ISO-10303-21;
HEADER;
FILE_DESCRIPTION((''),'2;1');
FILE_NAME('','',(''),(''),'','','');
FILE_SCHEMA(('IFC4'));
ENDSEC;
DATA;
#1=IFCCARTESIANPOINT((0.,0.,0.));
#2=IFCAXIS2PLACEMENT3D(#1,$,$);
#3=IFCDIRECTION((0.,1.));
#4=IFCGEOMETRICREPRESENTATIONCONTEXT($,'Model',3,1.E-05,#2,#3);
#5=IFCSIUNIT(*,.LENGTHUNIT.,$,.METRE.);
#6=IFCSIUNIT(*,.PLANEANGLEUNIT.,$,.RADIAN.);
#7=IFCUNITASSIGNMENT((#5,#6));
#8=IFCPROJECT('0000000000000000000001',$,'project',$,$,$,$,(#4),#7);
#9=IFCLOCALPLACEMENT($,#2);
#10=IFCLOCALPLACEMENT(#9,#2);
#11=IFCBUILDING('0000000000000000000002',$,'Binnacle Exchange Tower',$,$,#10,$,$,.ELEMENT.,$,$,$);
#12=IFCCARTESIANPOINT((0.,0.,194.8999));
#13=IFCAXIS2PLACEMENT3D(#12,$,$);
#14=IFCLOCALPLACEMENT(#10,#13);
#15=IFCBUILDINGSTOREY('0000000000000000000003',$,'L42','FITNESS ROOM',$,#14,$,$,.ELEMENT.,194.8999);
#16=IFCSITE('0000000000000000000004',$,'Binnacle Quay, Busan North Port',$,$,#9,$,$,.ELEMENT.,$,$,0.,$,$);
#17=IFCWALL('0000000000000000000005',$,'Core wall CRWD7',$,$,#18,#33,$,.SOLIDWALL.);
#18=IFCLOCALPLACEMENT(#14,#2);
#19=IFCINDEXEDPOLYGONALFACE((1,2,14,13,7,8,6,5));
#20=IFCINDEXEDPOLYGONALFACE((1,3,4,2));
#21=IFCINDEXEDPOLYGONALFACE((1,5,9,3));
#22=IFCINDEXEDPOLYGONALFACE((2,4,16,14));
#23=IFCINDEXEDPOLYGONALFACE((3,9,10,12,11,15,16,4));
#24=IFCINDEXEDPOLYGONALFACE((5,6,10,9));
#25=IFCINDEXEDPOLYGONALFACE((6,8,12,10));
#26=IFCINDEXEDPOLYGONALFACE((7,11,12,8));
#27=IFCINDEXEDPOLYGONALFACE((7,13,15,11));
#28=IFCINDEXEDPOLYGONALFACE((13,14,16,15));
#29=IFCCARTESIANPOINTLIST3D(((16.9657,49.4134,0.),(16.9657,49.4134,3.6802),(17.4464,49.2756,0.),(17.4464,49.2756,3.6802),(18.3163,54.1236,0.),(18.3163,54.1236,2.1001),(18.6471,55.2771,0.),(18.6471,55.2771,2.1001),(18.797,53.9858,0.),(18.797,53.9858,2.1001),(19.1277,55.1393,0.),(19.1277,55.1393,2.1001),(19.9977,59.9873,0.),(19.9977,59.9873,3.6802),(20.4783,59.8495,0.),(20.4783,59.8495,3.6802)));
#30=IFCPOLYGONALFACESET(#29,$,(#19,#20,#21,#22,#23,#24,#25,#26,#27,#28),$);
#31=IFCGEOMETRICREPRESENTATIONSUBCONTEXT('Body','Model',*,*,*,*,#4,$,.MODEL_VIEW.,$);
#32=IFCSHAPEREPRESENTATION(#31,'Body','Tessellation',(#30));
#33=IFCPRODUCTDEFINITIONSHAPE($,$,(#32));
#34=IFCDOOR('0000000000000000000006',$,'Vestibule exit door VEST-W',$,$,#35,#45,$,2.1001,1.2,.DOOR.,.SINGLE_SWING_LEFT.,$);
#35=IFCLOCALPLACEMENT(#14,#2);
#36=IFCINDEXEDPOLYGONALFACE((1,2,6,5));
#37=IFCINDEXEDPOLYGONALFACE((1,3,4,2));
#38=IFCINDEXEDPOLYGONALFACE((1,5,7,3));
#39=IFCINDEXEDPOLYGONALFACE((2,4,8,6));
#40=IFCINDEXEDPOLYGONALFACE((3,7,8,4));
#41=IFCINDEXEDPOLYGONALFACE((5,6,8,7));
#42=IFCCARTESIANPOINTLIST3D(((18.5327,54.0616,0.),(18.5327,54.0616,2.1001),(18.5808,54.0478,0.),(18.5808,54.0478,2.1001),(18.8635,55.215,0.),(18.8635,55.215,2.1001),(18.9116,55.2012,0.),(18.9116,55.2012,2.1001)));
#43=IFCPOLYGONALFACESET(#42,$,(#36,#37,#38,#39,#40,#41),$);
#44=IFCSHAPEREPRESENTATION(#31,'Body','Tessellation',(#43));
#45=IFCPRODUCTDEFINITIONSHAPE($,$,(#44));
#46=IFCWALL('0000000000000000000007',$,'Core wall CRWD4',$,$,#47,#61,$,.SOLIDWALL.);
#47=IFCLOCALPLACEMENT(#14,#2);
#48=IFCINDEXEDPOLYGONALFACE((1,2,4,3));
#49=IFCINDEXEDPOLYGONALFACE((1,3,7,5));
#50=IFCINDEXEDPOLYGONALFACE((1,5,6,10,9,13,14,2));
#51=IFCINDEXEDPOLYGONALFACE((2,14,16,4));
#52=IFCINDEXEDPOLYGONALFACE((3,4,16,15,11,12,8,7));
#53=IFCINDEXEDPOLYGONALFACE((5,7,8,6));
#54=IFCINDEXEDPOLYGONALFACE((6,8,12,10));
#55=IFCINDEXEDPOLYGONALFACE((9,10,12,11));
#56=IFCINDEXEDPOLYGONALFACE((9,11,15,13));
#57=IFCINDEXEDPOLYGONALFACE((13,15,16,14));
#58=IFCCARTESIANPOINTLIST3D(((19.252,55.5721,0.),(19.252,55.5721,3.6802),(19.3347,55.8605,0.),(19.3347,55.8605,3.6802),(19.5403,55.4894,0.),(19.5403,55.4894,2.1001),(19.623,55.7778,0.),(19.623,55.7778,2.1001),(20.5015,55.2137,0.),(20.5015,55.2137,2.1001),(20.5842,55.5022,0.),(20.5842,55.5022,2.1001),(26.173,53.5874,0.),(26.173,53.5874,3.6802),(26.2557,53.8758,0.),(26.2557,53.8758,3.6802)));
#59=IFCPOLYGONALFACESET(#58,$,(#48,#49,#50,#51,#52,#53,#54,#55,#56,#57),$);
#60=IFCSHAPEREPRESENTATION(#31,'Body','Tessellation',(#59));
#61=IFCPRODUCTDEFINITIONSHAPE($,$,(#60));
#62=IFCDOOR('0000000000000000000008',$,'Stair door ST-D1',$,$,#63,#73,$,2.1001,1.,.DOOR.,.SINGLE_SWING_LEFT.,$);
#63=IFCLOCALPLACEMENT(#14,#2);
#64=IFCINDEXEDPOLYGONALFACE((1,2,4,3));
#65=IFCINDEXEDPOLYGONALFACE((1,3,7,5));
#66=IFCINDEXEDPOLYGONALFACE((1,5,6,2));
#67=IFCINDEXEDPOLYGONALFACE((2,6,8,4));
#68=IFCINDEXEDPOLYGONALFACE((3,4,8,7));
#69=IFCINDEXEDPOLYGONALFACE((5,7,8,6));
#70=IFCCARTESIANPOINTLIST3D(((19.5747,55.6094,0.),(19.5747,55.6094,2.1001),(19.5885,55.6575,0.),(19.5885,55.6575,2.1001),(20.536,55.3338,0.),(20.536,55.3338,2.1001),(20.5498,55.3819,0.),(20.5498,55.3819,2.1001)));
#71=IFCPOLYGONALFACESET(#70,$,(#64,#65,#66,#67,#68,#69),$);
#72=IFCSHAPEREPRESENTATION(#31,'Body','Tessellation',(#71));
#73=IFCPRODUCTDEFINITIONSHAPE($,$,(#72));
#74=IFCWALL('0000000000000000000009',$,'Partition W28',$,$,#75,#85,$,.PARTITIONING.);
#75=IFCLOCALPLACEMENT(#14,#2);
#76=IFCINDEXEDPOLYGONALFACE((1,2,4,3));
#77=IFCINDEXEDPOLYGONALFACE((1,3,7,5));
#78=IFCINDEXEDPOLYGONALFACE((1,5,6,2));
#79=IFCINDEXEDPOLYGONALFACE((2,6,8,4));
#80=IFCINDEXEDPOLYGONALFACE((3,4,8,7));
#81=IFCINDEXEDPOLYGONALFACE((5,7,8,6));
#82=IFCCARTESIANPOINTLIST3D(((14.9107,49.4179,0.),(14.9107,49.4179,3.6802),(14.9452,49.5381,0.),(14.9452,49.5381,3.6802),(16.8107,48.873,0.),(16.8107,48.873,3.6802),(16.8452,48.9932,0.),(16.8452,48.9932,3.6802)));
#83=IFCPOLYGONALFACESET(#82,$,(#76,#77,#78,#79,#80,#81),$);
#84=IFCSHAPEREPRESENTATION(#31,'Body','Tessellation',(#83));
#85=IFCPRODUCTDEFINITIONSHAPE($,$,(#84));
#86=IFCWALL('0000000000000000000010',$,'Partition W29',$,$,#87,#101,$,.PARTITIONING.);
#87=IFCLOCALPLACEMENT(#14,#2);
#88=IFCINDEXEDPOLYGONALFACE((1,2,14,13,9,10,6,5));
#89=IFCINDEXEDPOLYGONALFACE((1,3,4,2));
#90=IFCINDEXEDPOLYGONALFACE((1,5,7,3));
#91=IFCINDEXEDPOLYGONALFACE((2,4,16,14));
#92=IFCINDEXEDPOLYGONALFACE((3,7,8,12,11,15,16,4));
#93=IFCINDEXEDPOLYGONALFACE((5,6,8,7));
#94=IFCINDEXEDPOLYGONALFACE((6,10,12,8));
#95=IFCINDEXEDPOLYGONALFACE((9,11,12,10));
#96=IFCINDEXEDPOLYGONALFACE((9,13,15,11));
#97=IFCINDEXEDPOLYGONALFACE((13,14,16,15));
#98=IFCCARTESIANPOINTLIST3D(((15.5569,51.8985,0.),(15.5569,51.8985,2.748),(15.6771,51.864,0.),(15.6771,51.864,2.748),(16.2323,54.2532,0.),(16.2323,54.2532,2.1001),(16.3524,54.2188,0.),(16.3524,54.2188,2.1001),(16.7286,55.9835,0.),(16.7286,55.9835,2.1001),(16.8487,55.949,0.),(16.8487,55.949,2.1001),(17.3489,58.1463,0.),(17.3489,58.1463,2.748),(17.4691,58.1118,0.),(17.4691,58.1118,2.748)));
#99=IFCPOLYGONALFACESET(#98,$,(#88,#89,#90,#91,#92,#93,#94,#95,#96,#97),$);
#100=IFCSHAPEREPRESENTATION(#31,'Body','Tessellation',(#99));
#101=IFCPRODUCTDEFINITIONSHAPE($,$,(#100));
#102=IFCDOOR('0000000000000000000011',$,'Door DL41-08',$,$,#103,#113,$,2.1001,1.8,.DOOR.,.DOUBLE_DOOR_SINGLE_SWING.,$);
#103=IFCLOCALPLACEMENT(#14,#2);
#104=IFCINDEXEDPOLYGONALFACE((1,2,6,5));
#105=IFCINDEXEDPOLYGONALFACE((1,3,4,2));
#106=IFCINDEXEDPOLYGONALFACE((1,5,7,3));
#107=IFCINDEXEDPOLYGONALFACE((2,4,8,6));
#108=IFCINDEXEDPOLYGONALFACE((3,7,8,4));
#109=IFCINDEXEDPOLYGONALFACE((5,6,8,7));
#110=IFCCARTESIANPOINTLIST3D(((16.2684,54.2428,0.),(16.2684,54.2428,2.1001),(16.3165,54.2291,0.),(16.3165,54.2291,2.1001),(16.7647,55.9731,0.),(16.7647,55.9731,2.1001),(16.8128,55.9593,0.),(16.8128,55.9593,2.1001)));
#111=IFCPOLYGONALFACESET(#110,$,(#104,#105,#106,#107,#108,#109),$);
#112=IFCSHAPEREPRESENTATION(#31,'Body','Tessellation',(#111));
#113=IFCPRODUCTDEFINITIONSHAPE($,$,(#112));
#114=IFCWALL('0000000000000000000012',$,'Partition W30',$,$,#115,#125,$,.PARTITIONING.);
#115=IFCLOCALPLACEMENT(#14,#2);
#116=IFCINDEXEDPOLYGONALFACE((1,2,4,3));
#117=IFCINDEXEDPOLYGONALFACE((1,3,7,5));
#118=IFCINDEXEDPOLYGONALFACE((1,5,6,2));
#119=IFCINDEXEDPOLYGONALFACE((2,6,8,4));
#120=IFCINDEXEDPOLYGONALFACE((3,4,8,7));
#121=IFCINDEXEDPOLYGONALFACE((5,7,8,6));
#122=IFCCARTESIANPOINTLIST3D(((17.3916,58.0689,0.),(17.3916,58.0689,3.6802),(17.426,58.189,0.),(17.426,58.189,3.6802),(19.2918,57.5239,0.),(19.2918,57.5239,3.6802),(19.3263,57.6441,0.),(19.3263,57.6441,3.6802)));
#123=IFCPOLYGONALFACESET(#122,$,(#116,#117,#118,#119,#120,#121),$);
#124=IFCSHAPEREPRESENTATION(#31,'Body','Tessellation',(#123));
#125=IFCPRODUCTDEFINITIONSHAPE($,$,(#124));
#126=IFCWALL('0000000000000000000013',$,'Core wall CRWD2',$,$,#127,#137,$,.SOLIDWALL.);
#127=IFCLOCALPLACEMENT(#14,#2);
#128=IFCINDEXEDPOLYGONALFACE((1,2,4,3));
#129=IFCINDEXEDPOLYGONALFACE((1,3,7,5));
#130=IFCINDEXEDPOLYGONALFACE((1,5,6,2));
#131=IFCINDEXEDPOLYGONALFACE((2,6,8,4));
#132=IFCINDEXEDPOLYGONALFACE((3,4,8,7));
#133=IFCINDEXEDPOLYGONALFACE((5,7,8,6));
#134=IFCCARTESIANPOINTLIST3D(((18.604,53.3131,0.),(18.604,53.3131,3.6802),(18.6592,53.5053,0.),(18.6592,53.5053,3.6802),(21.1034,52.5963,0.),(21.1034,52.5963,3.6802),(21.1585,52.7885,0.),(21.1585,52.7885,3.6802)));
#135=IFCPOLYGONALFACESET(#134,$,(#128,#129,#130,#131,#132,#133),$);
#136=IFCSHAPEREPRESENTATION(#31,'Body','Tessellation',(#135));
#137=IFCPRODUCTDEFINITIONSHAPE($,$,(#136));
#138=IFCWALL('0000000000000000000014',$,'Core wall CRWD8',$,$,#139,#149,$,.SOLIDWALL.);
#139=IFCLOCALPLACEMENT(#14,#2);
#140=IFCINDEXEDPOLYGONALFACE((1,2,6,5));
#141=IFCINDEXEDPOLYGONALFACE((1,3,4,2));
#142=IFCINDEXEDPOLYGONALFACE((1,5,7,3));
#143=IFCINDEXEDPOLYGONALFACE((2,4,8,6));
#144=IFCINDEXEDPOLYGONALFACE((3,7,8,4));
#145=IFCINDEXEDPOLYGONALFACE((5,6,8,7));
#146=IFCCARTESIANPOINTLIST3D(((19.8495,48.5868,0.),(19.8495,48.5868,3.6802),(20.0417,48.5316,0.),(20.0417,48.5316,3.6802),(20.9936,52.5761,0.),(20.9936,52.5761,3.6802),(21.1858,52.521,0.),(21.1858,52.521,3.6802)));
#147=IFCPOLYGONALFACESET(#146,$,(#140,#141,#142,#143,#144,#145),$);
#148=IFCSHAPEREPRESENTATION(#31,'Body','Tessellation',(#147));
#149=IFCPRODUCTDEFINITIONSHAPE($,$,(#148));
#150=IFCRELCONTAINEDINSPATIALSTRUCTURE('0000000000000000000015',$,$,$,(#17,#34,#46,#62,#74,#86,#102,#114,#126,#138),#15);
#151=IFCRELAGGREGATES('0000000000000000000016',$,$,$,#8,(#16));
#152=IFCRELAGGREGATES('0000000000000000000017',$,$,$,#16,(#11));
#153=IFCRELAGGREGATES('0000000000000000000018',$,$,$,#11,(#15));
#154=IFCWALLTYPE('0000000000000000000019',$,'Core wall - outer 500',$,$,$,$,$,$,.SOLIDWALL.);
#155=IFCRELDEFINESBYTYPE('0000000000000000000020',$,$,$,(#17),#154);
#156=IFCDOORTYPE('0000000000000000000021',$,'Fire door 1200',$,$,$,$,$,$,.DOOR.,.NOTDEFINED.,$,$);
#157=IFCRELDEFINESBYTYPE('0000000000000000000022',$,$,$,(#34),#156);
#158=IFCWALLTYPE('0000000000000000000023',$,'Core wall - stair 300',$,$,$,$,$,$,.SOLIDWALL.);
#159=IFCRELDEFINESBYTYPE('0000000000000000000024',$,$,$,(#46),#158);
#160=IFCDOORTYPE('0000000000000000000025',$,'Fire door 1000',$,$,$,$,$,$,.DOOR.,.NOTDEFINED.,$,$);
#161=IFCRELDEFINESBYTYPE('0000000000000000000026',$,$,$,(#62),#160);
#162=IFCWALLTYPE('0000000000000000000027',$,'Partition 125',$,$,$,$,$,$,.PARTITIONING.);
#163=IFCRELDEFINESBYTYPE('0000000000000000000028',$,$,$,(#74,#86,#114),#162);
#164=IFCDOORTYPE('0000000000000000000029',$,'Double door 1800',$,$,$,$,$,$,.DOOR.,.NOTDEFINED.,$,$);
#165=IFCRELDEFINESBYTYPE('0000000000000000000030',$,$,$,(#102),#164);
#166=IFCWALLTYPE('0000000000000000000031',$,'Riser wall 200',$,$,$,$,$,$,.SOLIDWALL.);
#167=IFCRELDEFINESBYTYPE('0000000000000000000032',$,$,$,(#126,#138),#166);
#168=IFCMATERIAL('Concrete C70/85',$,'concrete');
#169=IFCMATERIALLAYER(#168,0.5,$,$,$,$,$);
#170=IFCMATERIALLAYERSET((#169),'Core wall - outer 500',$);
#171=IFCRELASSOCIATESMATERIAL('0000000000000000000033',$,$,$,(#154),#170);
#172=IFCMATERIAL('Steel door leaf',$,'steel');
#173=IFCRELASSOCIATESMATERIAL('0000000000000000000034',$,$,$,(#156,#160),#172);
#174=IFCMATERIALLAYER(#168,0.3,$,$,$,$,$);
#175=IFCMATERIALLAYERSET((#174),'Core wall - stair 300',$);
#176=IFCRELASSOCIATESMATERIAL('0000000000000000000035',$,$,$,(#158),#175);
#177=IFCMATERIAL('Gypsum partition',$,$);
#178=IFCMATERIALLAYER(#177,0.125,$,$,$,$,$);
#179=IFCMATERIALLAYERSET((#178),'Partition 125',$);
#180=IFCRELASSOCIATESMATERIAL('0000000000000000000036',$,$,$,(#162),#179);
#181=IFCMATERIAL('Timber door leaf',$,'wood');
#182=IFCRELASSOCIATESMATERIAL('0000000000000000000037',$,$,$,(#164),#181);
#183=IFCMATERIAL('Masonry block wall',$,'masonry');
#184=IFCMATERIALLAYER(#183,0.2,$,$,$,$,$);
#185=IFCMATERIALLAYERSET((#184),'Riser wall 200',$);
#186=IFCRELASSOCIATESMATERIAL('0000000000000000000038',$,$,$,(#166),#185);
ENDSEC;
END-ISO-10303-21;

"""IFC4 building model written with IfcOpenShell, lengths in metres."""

from ifc_helpers import new_model, si_unit, direction, frame, frame_2d, origin, place, context, subcontext, project, spatial, rectangle, extrude, material, layer, layer_set, type_object, element, fill, save


model = new_model("IFC4")

# Units and contexts
model_context = context("Model", 3, precision=1e-05, world=origin(), true_north=direction((0.0, 1.0)))
body_context = subcontext(model_context, "Body", "Model", "MODEL_VIEW")
ifc_project = project(units=[si_unit("LENGTHUNIT", "METRE"), si_unit("PLANEANGLEUNIT", "RADIAN")], contexts=[model_context])

# Site, building, storey
site_placement = place(None, origin())
site = spatial("IfcSite", under=ifc_project, at=site_placement, Name="Binnacle Quay, Busan North Port", CompositionType="ELEMENT", RefElevation=0.0)
building_placement = place(site_placement, origin())
building = spatial("IfcBuilding", under=site, at=building_placement, Name="Binnacle Exchange Tower", CompositionType="ELEMENT")
storey_placement = place(building_placement, frame((0.0, 0.0, 194.8999)))
storey = spatial("IfcBuildingStorey", under=building, at=storey_placement, Name="L42", Description="FITNESS ROOM", CompositionType="ELEMENT", Elevation=194.8999)

# Shared definitions
ifc_material_1 = material(Name="Concrete C70/85", Category="concrete")

# Shared definitions
ifc_material_2 = material(Name="Steel door leaf", Category="steel")

# Shared definitions
ifc_layer_1 = layer(ifc_material_1, 0.5)
ifc_layer_set_1 = layer_set([ifc_layer_1], Name="Core wall - outer 500")
wall_type_1 = type_object("IfcWallType", Name="Core wall - outer 500", PredefinedType="SOLIDWALL", material=ifc_layer_set_1)

# Walls, openings, doors
wall_1_placement = place(storey_placement, frame((17.2061, 49.3445, 0.0), z_axis=(0.0, 0.0, 1.0), x_axis=(0.275633, 0.961263, 0.0)))
wall_1 = element("IfcWall", 1, at=wall_1_placement, inside=storey, type_object=wall_type_1, Name="Core wall CRWD7", PredefinedType="SOLIDWALL", context=body_context, shape_type="SweptSolid", body=[
    extrude(rectangle(XDim=11.0, YDim=0.5, at=frame_2d((5.5, 0.0))), origin(), (0.0, 0.0, 1.0), 3.6802),
])
opening_1_placement = place(wall_1_placement, frame((4.8999, 0.0, 0.0)))
opening_1 = element("IfcOpeningElement", 2, at=opening_1_placement, cuts=wall_1, PredefinedType="OPENING", context=body_context, shape_type="SweptSolid", body=[
    extrude(rectangle(XDim=1.2, YDim=2.1001, at=frame_2d((0.6001, 1.05))), frame((0.0, 0.26, 0.0), z_axis=(0.0, -1.0, 0.0), x_axis=(1.0, 0.0, 0.0)), (0.0, 0.0, 1.0), 0.52),
])
door_type_1 = type_object("IfcDoorType", Name="Fire door 1200", OperationType="NOTDEFINED", PredefinedType="DOOR", material=ifc_material_2)
door_1_placement = place(opening_1_placement, origin())
door_1 = element("IfcDoor", 3, at=door_1_placement, inside=storey, type_object=door_type_1, Name="Vestibule exit door VEST-W", OperationType="SINGLE_SWING_LEFT", OverallHeight=2.1001, OverallWidth=1.2, PredefinedType="DOOR", context=body_context, shape_type="SweptSolid", body=[
    extrude(rectangle(XDim=1.2, YDim=2.1001, at=frame_2d((0.6001, 1.05))), frame((0.0, 0.0249, 0.0), z_axis=(0.0, -1.0, 0.0), x_axis=(1.0, 0.0, 0.0)), (0.0, 0.0, 1.0), 0.05),
])
fill(opening_1, door_1)
ifc_layer_2 = layer(ifc_material_1, 0.3)
ifc_layer_set_2 = layer_set([ifc_layer_2], Name="Core wall - stair 300")
wall_type_2 = type_object("IfcWallType", Name="Core wall - stair 300", PredefinedType="SOLIDWALL", material=ifc_layer_set_2)
wall_2_placement = place(storey_placement, frame((19.2932, 55.7163, 0.0), z_axis=(0.0, 0.0, 1.0), x_axis=(0.961259, -0.275648, 0.0)))
wall_2 = element("IfcWall", 4, at=wall_2_placement, inside=storey, type_object=wall_type_2, Name="Core wall CRWD4", PredefinedType="SOLIDWALL", context=body_context, shape_type="SweptSolid", body=[
    extrude(rectangle(XDim=7.2, YDim=0.3, at=frame_2d((3.6001, 0.0))), origin(), (0.0, 0.0, 1.0), 3.6802),
])
opening_2_placement = place(wall_2_placement, frame((0.3, 0.0, 0.0)))
opening_2 = element("IfcOpeningElement", 5, at=opening_2_placement, cuts=wall_2, PredefinedType="OPENING", context=body_context, shape_type="SweptSolid", body=[
    extrude(rectangle(XDim=1.0, YDim=2.1001, at=frame_2d((0.5, 1.05))), frame((0.0, 0.1599, 0.0), z_axis=(0.0, -1.0, 0.0), x_axis=(1.0, 0.0, 0.0)), (0.0, 0.0, 1.0), 0.3201),
])
door_type_2 = type_object("IfcDoorType", Name="Fire door 1000", OperationType="NOTDEFINED", PredefinedType="DOOR", material=ifc_material_2)
door_2_placement = place(opening_2_placement, origin())
door_2 = element("IfcDoor", 6, at=door_2_placement, inside=storey, type_object=door_type_2, Name="Stair door ST-D1", OperationType="SINGLE_SWING_LEFT", OverallHeight=2.1001, OverallWidth=1.0, PredefinedType="DOOR", context=body_context, shape_type="SweptSolid", body=[
    extrude(rectangle(XDim=1.0, YDim=2.1001, at=frame_2d((0.5, 1.05))), frame((0.0, 0.0249, 0.0), z_axis=(0.0, -1.0, 0.0), x_axis=(1.0, 0.0, 0.0)), (0.0, 0.0, 1.0), 0.05),
])
fill(opening_2, door_2)

# Wall
ifc_material_3 = material(Name="Gypsum partition")
ifc_layer_3 = layer(ifc_material_3, 0.125)
ifc_layer_set_3 = layer_set([ifc_layer_3], Name="Partition 125")
wall_type_3 = type_object("IfcWallType", Name="Partition 125", PredefinedType="PARTITIONING", material=ifc_layer_set_3)
wall_3_placement = place(storey_placement, frame((14.928, 49.478, 0.0), z_axis=(0.0, 0.0, 1.0), x_axis=(0.961244, -0.2757, 0.0)))
element("IfcWall", 7, at=wall_3_placement, inside=storey, type_object=wall_type_3, Name="Partition W28", PredefinedType="PARTITIONING", context=body_context, shape_type="SweptSolid", body=[
    extrude(rectangle(XDim=1.9766, YDim=0.125, at=frame_2d((0.9883, 0.0))), origin(), (0.0, 0.0, 1.0), 3.6802),
])

# Wall, opening, door
wall_4_placement = place(storey_placement, frame((15.6169, 51.8811, 0.0), z_axis=(0.0, 0.0, 1.0), x_axis=(0.275703, 0.961243, 0.0)))
wall_4 = element("IfcWall", 8, at=wall_4_placement, inside=storey, type_object=wall_type_3, Name="Partition W29", PredefinedType="PARTITIONING", context=body_context, shape_type="SweptSolid", body=[
    extrude(rectangle(XDim=6.4998, YDim=0.125, at=frame_2d((3.25, 0.0))), origin(), (0.0, 0.0, 1.0), 2.748),
])
opening_3_placement = place(wall_4_placement, frame((2.45, 0.0, 0.0)))
opening_3 = element("IfcOpeningElement", 9, at=opening_3_placement, cuts=wall_4, PredefinedType="OPENING", context=body_context, shape_type="SweptSolid", body=[
    extrude(rectangle(XDim=1.8, YDim=2.1001, at=frame_2d((0.8999, 1.05))), frame((0.0, 0.0725, 0.0), z_axis=(0.0, -1.0, 0.0), x_axis=(1.0, 0.0, 0.0)), (0.0, 0.0, 1.0), 0.145),
])
ifc_material_4 = material(Name="Timber door leaf", Category="wood")
door_type_3 = type_object("IfcDoorType", Name="Double door 1800", OperationType="NOTDEFINED", PredefinedType="DOOR", material=ifc_material_4)
door_3_placement = place(opening_3_placement, origin())
door_3 = element("IfcDoor", 10, at=door_3_placement, inside=storey, type_object=door_type_3, Name="Door DL41-08", OperationType="DOUBLE_DOOR_SINGLE_SWING", OverallHeight=2.1001, OverallWidth=1.8, PredefinedType="DOOR", context=body_context, shape_type="SweptSolid", body=[
    extrude(rectangle(XDim=1.8, YDim=2.1001, at=frame_2d((0.8999, 1.05))), frame((0.0, 0.0249, 0.0), z_axis=(0.0, -1.0, 0.0), x_axis=(1.0, 0.0, 0.0)), (0.0, 0.0, 1.0), 0.05),
])
fill(opening_3, door_3)

# Walls
wall_5_placement = place(storey_placement, frame((17.4089, 58.1289, 0.0), z_axis=(0.0, 0.0, 1.0), x_axis=(0.961253, -0.275667, 0.0)))
element("IfcWall", 11, at=wall_5_placement, inside=storey, type_object=wall_type_3, Name="Partition W30", PredefinedType="PARTITIONING", context=body_context, shape_type="SweptSolid", body=[
    extrude(rectangle(XDim=1.9768, YDim=0.125, at=frame_2d((0.9883, 0.0))), origin(), (0.0, 0.0, 1.0), 3.6802),
])
ifc_material_5 = material(Name="Masonry block wall", Category="masonry")
ifc_layer_4 = layer(ifc_material_5, 0.2)
ifc_layer_set_4 = layer_set([ifc_layer_4], Name="Riser wall 200")
wall_type_4 = type_object("IfcWallType", Name="Riser wall 200", PredefinedType="SOLIDWALL", material=ifc_layer_set_4)
wall_6_placement = place(storey_placement, frame((18.6316, 53.4092, 0.0), z_axis=(0.0, 0.0, 1.0), x_axis=(0.961247, -0.275688, 0.0)))
element("IfcWall", 12, at=wall_6_placement, inside=storey, type_object=wall_type_4, Name="Core wall CRWD2", PredefinedType="SOLIDWALL", context=body_context, shape_type="SweptSolid", body=[
    extrude(rectangle(XDim=2.6001, YDim=0.2, at=frame_2d((1.3, 0.0))), origin(), (0.0, 0.0, 1.0), 3.6802),
])
wall_7_placement = place(storey_placement, frame((19.9456, 48.5591, 0.0), z_axis=(0.0, 0.0, 1.0), x_axis=(0.275669, 0.961253, 0.0)))
element("IfcWall", 13, at=wall_7_placement, inside=storey, type_object=wall_type_4, Name="Core wall CRWD8", PredefinedType="SOLIDWALL", context=body_context, shape_type="SweptSolid", body=[
    extrude(rectangle(XDim=4.1501, YDim=0.2, at=frame_2d((2.0752, 0.0))), origin(), (0.0, 0.0, 1.0), 3.6802),
])

save(model, "model.ifc")
